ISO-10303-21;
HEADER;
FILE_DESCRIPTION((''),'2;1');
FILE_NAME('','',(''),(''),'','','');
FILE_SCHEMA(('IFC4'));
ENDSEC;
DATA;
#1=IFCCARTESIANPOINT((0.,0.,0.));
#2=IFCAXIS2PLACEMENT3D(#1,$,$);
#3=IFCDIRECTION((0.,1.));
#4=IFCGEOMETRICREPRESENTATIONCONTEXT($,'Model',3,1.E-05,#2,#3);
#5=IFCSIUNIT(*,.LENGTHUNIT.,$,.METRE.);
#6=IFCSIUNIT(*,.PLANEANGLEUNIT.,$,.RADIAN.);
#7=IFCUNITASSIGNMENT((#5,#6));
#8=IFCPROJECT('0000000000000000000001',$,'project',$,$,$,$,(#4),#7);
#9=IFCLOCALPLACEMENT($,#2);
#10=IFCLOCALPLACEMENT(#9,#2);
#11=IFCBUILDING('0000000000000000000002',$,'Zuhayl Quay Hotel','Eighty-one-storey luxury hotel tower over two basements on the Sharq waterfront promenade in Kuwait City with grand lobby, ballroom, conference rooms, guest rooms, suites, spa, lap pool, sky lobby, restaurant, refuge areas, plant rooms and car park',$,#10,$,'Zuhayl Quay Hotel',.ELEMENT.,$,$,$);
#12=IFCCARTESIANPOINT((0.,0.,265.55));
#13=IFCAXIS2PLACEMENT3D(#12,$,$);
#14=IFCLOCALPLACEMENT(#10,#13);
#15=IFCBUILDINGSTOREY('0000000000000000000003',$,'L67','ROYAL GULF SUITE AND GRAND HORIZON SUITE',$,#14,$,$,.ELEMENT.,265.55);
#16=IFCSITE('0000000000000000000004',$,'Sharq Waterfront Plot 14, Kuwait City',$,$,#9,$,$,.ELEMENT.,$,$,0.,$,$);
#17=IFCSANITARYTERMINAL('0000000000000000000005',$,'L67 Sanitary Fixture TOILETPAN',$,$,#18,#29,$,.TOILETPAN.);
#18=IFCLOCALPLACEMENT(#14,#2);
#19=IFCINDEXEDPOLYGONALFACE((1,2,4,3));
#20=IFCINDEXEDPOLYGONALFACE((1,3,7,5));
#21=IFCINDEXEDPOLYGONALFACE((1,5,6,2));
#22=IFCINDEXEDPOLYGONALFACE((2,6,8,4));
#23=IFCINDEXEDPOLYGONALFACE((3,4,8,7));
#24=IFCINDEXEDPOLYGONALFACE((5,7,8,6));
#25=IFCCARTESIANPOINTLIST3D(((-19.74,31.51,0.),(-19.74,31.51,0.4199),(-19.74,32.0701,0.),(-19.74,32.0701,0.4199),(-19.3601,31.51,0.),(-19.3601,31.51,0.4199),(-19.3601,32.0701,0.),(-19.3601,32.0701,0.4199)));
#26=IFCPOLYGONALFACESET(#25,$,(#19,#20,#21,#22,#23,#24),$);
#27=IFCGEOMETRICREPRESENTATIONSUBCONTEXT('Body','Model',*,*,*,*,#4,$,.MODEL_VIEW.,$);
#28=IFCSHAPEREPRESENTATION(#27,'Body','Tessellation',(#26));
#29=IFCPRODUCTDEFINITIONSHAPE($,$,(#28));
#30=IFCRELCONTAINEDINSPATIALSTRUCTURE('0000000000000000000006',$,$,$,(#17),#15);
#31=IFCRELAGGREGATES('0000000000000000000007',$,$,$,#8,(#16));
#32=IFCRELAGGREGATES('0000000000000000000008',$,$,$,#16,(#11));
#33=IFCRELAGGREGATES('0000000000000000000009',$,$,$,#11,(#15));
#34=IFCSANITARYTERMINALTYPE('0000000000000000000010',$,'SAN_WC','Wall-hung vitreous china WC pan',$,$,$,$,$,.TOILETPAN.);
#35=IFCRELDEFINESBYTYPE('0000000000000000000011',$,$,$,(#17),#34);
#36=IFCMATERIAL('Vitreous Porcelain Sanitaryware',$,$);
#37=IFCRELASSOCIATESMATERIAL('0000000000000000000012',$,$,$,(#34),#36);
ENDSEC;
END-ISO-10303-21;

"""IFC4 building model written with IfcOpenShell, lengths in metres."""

from ifc_helpers import new_model, si_unit, direction, frame, origin, origin_2d, place, context, subcontext, project, spatial, rectangle, extrude, material, type_object, element, save


model = new_model("IFC4")

# Units and contexts
model_context = context("Model", 3, precision=1e-05, world=origin(), true_north=direction((0.0, 1.0)))
body_context = subcontext(model_context, "Body", "Model", "MODEL_VIEW")
ifc_project = project(units=[si_unit("LENGTHUNIT", "METRE"), si_unit("PLANEANGLEUNIT", "RADIAN")], contexts=[model_context])

# Site, building, storey
site_placement = place(None, origin())
site = spatial("IfcSite", under=ifc_project, at=site_placement, Name="Sharq Waterfront Plot 14, Kuwait City", CompositionType="ELEMENT", RefElevation=0.0)
building_placement = place(site_placement, origin())
building = spatial("IfcBuilding", under=site, at=building_placement, Name="Zuhayl Quay Hotel", Description="Eighty-one-storey luxury hotel tower over two basements on the Sharq waterfront promenade in Kuwait City with grand lobby, ballroom, conference rooms, guest rooms, suites, spa, lap pool, sky lobby, restaurant, refuge areas, plant rooms and car park", LongName="Zuhayl Quay Hotel", CompositionType="ELEMENT")
storey_placement = place(building_placement, frame((0.0, 0.0, 265.55)))
storey = spatial("IfcBuildingStorey", under=building, at=storey_placement, Name="L67", Description="ROYAL GULF SUITE AND GRAND HORIZON SUITE", CompositionType="ELEMENT", Elevation=265.55)

# Sanitary terminal
ifc_material_1 = material(Name="Vitreous Porcelain Sanitaryware")
sanitary_terminal_type_1 = type_object("IfcSanitaryTerminalType", Name="SAN_WC", Description="Wall-hung vitreous china WC pan", PredefinedType="TOILETPAN", material=ifc_material_1)
sanitary_terminal_1_placement = place(storey_placement, frame((-19.55, 31.79, 0.0), z_axis=(0.0, 0.0, 1.0), x_axis=(1.0, 0.0, 0.0)))
element("IfcSanitaryTerminal", 1, at=sanitary_terminal_1_placement, inside=storey, type_object=sanitary_terminal_type_1, Name="L67 Sanitary Fixture TOILETPAN", PredefinedType="TOILETPAN", context=body_context, shape_type="SweptSolid", body=[
    extrude(rectangle(XDim=0.3799, YDim=0.5601, at=origin_2d()), origin(), (0.0, 0.0, 1.0), 0.4199),
])

save(model, "model.ifc")
